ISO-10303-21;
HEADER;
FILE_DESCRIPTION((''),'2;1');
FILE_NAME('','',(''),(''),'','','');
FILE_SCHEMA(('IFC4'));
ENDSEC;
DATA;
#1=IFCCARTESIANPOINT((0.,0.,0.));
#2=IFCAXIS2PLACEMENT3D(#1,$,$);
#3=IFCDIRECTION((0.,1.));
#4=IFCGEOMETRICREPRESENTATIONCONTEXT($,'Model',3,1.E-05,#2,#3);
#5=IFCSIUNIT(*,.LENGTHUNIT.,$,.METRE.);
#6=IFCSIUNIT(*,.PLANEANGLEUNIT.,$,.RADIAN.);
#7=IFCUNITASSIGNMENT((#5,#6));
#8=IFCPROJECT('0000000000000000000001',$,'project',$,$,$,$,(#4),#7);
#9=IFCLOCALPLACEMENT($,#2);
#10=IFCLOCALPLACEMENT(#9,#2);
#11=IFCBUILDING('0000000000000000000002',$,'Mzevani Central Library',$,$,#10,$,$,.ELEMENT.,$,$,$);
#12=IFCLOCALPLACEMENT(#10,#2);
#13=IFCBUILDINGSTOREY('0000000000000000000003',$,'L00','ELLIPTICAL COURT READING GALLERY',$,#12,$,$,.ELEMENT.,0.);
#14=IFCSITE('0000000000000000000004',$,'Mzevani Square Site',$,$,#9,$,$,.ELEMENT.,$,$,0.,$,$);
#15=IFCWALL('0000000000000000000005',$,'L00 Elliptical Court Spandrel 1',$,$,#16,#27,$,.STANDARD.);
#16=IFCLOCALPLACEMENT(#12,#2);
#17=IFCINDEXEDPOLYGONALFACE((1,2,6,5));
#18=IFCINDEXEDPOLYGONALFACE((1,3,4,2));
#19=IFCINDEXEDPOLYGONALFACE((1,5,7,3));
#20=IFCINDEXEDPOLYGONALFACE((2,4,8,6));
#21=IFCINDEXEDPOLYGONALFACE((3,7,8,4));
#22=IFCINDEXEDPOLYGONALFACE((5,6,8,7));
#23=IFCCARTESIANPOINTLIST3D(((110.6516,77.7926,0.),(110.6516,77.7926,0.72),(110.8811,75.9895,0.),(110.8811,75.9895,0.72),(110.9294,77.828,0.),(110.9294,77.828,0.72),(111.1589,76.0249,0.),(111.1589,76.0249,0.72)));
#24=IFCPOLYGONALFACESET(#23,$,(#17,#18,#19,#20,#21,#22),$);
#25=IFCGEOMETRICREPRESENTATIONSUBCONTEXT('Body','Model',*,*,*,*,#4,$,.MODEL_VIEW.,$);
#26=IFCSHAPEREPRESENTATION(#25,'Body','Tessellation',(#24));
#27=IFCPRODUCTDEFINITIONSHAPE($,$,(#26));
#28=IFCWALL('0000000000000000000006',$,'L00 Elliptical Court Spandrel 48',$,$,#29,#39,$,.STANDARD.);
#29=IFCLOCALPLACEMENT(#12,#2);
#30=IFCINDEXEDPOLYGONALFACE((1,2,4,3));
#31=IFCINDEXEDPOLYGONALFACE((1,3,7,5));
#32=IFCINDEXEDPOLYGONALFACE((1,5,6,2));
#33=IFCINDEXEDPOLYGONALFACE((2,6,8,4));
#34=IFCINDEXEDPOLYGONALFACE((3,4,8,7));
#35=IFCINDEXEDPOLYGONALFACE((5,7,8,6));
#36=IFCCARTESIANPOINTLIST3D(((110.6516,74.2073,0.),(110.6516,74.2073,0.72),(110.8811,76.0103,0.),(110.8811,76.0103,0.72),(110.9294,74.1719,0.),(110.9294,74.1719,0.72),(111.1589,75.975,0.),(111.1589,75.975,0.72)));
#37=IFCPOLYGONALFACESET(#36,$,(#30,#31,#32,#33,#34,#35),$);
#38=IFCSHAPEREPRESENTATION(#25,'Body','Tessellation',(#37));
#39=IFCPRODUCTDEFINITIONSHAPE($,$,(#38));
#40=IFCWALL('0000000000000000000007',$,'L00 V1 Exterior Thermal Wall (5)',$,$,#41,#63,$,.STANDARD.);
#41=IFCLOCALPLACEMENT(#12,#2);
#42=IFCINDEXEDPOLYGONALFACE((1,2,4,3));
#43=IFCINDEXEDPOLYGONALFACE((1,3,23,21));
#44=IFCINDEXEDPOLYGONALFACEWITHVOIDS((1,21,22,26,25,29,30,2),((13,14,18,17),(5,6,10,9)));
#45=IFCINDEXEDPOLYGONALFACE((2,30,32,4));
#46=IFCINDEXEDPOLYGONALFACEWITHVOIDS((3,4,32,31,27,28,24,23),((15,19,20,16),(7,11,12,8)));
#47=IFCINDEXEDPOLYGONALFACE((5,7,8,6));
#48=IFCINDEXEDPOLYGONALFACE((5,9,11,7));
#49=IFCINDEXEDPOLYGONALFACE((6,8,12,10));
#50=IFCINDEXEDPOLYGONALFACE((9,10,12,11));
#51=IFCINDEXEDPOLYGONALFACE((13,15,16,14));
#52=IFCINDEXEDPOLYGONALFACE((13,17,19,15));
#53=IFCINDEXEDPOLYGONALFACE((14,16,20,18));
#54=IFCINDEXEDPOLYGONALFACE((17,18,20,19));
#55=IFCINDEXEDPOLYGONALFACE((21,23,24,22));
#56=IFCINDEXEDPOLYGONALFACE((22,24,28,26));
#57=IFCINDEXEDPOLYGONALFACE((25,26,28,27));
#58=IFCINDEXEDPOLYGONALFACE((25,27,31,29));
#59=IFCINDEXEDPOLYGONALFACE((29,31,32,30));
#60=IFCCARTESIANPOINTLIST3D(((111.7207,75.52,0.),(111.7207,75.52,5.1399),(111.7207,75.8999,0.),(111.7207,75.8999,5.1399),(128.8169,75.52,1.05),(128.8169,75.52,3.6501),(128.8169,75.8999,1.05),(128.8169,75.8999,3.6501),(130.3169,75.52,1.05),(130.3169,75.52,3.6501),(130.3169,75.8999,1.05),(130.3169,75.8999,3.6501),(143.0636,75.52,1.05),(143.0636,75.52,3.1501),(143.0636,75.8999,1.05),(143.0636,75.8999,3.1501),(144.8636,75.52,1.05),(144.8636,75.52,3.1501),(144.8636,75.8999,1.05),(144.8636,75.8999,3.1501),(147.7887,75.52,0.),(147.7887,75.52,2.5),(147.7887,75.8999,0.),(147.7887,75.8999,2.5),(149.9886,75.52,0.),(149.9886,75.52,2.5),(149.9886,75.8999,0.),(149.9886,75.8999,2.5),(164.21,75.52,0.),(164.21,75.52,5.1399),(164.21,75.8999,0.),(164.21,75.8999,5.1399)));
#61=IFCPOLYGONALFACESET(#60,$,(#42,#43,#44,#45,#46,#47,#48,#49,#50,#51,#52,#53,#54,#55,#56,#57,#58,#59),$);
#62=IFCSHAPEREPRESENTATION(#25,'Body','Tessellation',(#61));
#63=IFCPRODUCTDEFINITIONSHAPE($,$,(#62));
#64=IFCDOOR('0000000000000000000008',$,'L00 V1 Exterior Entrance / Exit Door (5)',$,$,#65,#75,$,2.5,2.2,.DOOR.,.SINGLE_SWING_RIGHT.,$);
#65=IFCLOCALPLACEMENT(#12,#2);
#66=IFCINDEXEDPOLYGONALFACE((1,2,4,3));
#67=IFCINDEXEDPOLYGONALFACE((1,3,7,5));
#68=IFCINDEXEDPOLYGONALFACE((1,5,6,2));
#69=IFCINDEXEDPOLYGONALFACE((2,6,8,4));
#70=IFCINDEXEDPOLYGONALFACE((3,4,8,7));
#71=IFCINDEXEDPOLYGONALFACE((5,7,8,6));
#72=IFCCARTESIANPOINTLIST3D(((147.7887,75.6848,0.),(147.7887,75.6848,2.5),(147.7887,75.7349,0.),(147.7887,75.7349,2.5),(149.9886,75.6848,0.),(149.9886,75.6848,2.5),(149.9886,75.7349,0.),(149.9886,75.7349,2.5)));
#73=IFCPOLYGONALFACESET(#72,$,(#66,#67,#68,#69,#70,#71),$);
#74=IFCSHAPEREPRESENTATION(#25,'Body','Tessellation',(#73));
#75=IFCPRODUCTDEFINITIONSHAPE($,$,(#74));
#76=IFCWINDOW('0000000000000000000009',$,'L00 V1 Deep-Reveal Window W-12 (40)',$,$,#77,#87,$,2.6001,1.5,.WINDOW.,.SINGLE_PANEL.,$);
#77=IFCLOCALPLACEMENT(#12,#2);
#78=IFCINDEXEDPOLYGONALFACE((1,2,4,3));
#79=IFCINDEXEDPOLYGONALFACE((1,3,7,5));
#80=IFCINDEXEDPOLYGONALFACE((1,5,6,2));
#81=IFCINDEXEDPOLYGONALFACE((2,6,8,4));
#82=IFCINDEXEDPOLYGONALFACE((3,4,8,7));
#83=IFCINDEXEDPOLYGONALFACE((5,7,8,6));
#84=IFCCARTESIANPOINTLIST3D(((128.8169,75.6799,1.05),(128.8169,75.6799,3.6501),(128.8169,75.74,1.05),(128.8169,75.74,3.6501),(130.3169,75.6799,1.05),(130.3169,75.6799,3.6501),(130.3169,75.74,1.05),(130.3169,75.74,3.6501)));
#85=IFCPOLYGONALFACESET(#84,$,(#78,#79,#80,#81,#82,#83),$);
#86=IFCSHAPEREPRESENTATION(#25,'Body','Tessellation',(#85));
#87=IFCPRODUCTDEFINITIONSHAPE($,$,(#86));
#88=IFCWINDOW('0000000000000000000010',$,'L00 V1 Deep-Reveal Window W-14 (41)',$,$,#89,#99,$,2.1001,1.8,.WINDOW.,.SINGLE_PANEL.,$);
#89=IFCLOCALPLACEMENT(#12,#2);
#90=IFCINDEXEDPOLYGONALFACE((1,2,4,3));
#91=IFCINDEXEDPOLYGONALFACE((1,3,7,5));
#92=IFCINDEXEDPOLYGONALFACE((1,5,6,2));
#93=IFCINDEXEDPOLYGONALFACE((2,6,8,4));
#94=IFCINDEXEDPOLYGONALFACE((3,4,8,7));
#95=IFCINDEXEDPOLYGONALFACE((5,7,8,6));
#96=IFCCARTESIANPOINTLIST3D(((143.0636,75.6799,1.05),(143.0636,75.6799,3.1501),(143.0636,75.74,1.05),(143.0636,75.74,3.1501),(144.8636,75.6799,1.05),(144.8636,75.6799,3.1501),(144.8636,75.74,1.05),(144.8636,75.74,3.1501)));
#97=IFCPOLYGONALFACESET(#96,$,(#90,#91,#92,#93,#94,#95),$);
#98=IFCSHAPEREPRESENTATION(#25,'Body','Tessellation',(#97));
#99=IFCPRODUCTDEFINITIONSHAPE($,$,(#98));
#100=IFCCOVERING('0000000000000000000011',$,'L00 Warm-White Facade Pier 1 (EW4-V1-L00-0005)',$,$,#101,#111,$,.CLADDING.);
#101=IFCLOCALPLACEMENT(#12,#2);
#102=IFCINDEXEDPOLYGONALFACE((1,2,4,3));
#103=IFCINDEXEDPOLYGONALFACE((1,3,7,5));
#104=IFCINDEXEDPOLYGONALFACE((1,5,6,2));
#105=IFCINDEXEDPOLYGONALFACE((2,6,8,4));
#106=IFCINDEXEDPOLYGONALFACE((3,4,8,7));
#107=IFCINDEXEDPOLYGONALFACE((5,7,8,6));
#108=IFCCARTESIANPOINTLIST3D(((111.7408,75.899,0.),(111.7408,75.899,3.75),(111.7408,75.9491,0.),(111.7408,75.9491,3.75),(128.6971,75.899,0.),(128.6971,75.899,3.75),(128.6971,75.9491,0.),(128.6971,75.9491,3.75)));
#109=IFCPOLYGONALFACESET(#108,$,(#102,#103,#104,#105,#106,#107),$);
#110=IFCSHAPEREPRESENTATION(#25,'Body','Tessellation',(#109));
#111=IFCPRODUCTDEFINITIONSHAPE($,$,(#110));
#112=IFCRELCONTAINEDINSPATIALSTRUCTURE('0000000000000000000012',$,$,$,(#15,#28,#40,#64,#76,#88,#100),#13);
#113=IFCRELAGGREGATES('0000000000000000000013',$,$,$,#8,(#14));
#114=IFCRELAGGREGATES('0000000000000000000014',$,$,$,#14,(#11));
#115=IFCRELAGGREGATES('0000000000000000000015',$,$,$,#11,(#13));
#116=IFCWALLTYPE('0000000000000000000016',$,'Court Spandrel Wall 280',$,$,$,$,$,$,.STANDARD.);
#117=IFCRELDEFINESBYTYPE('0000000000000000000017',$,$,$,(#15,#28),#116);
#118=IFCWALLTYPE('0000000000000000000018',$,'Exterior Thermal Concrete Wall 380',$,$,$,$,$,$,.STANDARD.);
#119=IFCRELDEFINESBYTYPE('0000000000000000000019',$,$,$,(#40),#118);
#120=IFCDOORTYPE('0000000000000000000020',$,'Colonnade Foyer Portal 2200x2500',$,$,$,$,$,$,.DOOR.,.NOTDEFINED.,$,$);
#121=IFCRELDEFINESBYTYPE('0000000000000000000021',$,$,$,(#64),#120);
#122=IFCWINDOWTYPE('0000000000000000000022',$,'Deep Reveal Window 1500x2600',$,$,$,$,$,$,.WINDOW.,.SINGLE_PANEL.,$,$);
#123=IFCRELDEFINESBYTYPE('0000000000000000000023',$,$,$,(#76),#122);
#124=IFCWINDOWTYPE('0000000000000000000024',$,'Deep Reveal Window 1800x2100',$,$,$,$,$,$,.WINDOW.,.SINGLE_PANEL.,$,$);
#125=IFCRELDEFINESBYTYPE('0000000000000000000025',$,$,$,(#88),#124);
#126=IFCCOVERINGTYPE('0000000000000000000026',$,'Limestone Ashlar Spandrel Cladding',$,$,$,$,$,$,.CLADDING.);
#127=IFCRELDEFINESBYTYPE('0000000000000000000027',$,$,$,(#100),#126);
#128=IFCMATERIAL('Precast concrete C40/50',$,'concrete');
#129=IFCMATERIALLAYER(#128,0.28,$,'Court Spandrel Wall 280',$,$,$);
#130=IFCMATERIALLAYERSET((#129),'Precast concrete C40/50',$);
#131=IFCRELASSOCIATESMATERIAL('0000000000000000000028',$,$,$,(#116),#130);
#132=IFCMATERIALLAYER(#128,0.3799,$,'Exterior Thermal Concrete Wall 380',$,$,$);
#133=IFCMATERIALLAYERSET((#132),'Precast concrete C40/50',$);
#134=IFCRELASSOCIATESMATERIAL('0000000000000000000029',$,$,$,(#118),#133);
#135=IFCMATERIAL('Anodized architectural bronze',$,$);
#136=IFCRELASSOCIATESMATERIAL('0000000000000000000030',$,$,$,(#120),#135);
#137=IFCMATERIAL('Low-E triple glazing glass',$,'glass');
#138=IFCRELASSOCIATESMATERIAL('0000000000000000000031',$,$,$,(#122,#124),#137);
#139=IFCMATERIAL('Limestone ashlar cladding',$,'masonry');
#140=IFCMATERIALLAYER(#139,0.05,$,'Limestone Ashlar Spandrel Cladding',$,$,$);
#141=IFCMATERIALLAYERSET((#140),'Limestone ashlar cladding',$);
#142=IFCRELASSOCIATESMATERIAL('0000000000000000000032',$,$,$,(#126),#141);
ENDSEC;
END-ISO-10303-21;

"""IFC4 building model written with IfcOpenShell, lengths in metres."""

from ifc_helpers import new_model, si_unit, direction, frame, frame_2d, origin, origin_2d, place, context, subcontext, project, spatial, rectangle, extrude, material, layer, layer_set, type_object, element, fill, save


model = new_model("IFC4")

# Units and contexts
model_context = context("Model", 3, precision=1e-05, world=origin(), true_north=direction((0.0, 1.0)))
body_context = subcontext(model_context, "Body", "Model", "MODEL_VIEW")
ifc_project = project(units=[si_unit("LENGTHUNIT", "METRE"), si_unit("PLANEANGLEUNIT", "RADIAN")], contexts=[model_context])

# Site, building, storey
site_placement = place(None, origin())
site = spatial("IfcSite", under=ifc_project, at=site_placement, Name="Mzevani Square Site", CompositionType="ELEMENT", RefElevation=0.0)
building_placement = place(site_placement, origin())
building = spatial("IfcBuilding", under=site, at=building_placement, Name="Mzevani Central Library", CompositionType="ELEMENT")
storey_placement = place(building_placement, origin())
storey = spatial("IfcBuildingStorey", under=building, at=storey_placement, Name="L00", Description="ELLIPTICAL COURT READING GALLERY", CompositionType="ELEMENT", Elevation=0.0)

# Shared definitions
ifc_material_1 = material(Name="Low-E triple glazing glass", Category="glass")

# Walls
ifc_material_2 = material(Name="Precast concrete C40/50", Category="concrete")
ifc_layer_1 = layer(ifc_material_2, 0.28, Name="Court Spandrel Wall 280")
ifc_layer_set_1 = layer_set([ifc_layer_1], Name="Precast concrete C40/50")
wall_type_1 = type_object("IfcWallType", Name="Court Spandrel Wall 280", PredefinedType="STANDARD", material=ifc_layer_set_1)
for number, where, z_axis, x_axis, name in (
    (1, (111.02, 76.0073, 0.0), (0.0, 0.0, 1.0), (-0.126266, 0.991996, 0.0), "L00 Elliptical Court Spandrel 1"),
    (2, (110.7905, 74.1897, 0.0), (0.0, 0.0, 1.0), (0.126266, 0.991996, 0.0), "L00 Elliptical Court Spandrel 48"),
):
    element("IfcWall", number, at=place(storey_placement, frame(where, z_axis=z_axis, x_axis=x_axis)), inside=storey, type_object=wall_type_1, Name=name, PredefinedType="STANDARD", context=body_context, shape_type="SweptSolid", body=[
        extrude(rectangle(XDim=1.8176, YDim=0.28, at=frame_2d((0.9087, 0.0))), origin(), (0.0, 0.0, 1.0), 0.72),
    ])

# Wall, openings, door, windows
ifc_layer_2 = layer(ifc_material_2, 0.3799, Name="Exterior Thermal Concrete Wall 380")
ifc_layer_set_2 = layer_set([ifc_layer_2], Name="Precast concrete C40/50")
wall_type_2 = type_object("IfcWallType", Name="Exterior Thermal Concrete Wall 380", PredefinedType="STANDARD", material=ifc_layer_set_2)
wall_placement = place(storey_placement, frame((111.7207, 75.71, 0.0), z_axis=(0.0, 0.0, 1.0), x_axis=(1.0, 0.0, 0.0)))
wall = element("IfcWall", 3, at=wall_placement, inside=storey, type_object=wall_type_2, Name="L00 V1 Exterior Thermal Wall (5)", PredefinedType="STANDARD", context=body_context, shape_type="SweptSolid", body=[
    extrude(rectangle(XDim=52.4893, YDim=0.3799, at=frame_2d((26.2446, 0.0))), origin(), (0.0, 0.0, 1.0), 5.1399),
])
opening_1_placement = place(wall_placement, frame((36.0679, 0.0, 0.0)))
opening_1 = element("IfcOpeningElement", 4, at=opening_1_placement, cuts=wall, PredefinedType="OPENING", context=body_context, shape_type="SweptSolid", body=[
    extrude(rectangle(XDim=2.2, YDim=2.5, at=frame_2d((1.1001, 1.25))), frame((0.0, 0.2, 0.0), z_axis=(0.0, -1.0, 0.0), x_axis=(1.0, 0.0, 0.0)), (0.0, 0.0, 1.0), 0.3999),
])
opening_2_placement = place(wall_placement, frame((17.0962, 0.0, 1.05)))
opening_2 = element("IfcOpeningElement", 5, at=opening_2_placement, cuts=wall, PredefinedType="OPENING", context=body_context, shape_type="SweptSolid", body=[
    extrude(rectangle(XDim=1.5, YDim=2.6001, at=frame_2d((0.75, 1.3))), frame((0.0, 0.2, 0.0), z_axis=(0.0, -1.0, 0.0), x_axis=(1.0, 0.0, 0.0)), (0.0, 0.0, 1.0), 0.3999),
])
opening_3_placement = place(wall_placement, frame((31.343, 0.0, 1.05)))
opening_3 = element("IfcOpeningElement", 6, at=opening_3_placement, cuts=wall, PredefinedType="OPENING", context=body_context, shape_type="SweptSolid", body=[
    extrude(rectangle(XDim=1.8, YDim=2.1001, at=frame_2d((0.8999, 1.05))), frame((0.0, 0.2, 0.0), z_axis=(0.0, -1.0, 0.0), x_axis=(1.0, 0.0, 0.0)), (0.0, 0.0, 1.0), 0.3999),
])
ifc_material_3 = material(Name="Anodized architectural bronze")
door_type = type_object("IfcDoorType", Name="Colonnade Foyer Portal 2200x2500", OperationType="NOTDEFINED", PredefinedType="DOOR", material=ifc_material_3)
door_placement = place(opening_1_placement, origin())
door = element("IfcDoor", 7, at=door_placement, inside=storey, type_object=door_type, Name="L00 V1 Exterior Entrance / Exit Door (5)", OperationType="SINGLE_SWING_RIGHT", OverallHeight=2.5, OverallWidth=2.2, PredefinedType="DOOR", context=body_context, shape_type="SweptSolid", body=[
    extrude(rectangle(XDim=2.2, YDim=2.5, at=frame_2d((1.1001, 1.25))), frame((0.0, 0.0249, 0.0), z_axis=(0.0, -1.0, 0.0), x_axis=(1.0, 0.0, 0.0)), (0.0, 0.0, 1.0), 0.05),
])
fill(opening_1, door)
window_type_1 = type_object("IfcWindowType", Name="Deep Reveal Window 1500x2600", PartitioningType="SINGLE_PANEL", PredefinedType="WINDOW", material=ifc_material_1)
window_1_placement = place(opening_2_placement, origin())
window_1 = element("IfcWindow", 8, at=window_1_placement, inside=storey, type_object=window_type_1, Name="L00 V1 Deep-Reveal Window W-12 (40)", OverallHeight=2.6001, OverallWidth=1.5, PartitioningType="SINGLE_PANEL", PredefinedType="WINDOW", context=body_context, shape_type="SweptSolid", body=[
    extrude(rectangle(XDim=1.5, YDim=2.6001, at=frame_2d((0.75, 1.3))), frame((0.0, 0.03, 0.0), z_axis=(0.0, -1.0, 0.0), x_axis=(1.0, 0.0, 0.0)), (0.0, 0.0, 1.0), 0.0601),
])
fill(opening_2, window_1)
window_type_2 = type_object("IfcWindowType", Name="Deep Reveal Window 1800x2100", PartitioningType="SINGLE_PANEL", PredefinedType="WINDOW", material=ifc_material_1)
window_2_placement = place(opening_3_placement, origin())
window_2 = element("IfcWindow", 9, at=window_2_placement, inside=storey, type_object=window_type_2, Name="L00 V1 Deep-Reveal Window W-14 (41)", OverallHeight=2.1001, OverallWidth=1.8, PartitioningType="SINGLE_PANEL", PredefinedType="WINDOW", context=body_context, shape_type="SweptSolid", body=[
    extrude(rectangle(XDim=1.8, YDim=2.1001, at=frame_2d((0.8999, 1.05))), frame((0.0, 0.03, 0.0), z_axis=(0.0, -1.0, 0.0), x_axis=(1.0, 0.0, 0.0)), (0.0, 0.0, 1.0), 0.0601),
])
fill(opening_3, window_2)

# Covering
ifc_material_4 = material(Name="Limestone ashlar cladding", Category="masonry")
ifc_layer_3 = layer(ifc_material_4, 0.05, Name="Limestone Ashlar Spandrel Cladding")
ifc_layer_set_3 = layer_set([ifc_layer_3], Name="Limestone ashlar cladding")
covering_type = type_object("IfcCoveringType", Name="Limestone Ashlar Spandrel Cladding", PredefinedType="CLADDING", material=ifc_layer_set_3)
covering_placement = place(storey_placement, frame((120.219, 75.9241, 0.0), z_axis=(0.0, 0.0, 1.0), x_axis=(1.0, 0.0, 0.0)))
element("IfcCovering", 10, at=covering_placement, inside=storey, type_object=covering_type, Name="L00 Warm-White Facade Pier 1 (EW4-V1-L00-0005)", PredefinedType="CLADDING", context=body_context, shape_type="SweptSolid", body=[
    extrude(rectangle(XDim=16.9563, YDim=0.05, at=origin_2d()), origin(), (0.0, 0.0, 1.0), 3.75),
])

save(model, "model.ifc")
